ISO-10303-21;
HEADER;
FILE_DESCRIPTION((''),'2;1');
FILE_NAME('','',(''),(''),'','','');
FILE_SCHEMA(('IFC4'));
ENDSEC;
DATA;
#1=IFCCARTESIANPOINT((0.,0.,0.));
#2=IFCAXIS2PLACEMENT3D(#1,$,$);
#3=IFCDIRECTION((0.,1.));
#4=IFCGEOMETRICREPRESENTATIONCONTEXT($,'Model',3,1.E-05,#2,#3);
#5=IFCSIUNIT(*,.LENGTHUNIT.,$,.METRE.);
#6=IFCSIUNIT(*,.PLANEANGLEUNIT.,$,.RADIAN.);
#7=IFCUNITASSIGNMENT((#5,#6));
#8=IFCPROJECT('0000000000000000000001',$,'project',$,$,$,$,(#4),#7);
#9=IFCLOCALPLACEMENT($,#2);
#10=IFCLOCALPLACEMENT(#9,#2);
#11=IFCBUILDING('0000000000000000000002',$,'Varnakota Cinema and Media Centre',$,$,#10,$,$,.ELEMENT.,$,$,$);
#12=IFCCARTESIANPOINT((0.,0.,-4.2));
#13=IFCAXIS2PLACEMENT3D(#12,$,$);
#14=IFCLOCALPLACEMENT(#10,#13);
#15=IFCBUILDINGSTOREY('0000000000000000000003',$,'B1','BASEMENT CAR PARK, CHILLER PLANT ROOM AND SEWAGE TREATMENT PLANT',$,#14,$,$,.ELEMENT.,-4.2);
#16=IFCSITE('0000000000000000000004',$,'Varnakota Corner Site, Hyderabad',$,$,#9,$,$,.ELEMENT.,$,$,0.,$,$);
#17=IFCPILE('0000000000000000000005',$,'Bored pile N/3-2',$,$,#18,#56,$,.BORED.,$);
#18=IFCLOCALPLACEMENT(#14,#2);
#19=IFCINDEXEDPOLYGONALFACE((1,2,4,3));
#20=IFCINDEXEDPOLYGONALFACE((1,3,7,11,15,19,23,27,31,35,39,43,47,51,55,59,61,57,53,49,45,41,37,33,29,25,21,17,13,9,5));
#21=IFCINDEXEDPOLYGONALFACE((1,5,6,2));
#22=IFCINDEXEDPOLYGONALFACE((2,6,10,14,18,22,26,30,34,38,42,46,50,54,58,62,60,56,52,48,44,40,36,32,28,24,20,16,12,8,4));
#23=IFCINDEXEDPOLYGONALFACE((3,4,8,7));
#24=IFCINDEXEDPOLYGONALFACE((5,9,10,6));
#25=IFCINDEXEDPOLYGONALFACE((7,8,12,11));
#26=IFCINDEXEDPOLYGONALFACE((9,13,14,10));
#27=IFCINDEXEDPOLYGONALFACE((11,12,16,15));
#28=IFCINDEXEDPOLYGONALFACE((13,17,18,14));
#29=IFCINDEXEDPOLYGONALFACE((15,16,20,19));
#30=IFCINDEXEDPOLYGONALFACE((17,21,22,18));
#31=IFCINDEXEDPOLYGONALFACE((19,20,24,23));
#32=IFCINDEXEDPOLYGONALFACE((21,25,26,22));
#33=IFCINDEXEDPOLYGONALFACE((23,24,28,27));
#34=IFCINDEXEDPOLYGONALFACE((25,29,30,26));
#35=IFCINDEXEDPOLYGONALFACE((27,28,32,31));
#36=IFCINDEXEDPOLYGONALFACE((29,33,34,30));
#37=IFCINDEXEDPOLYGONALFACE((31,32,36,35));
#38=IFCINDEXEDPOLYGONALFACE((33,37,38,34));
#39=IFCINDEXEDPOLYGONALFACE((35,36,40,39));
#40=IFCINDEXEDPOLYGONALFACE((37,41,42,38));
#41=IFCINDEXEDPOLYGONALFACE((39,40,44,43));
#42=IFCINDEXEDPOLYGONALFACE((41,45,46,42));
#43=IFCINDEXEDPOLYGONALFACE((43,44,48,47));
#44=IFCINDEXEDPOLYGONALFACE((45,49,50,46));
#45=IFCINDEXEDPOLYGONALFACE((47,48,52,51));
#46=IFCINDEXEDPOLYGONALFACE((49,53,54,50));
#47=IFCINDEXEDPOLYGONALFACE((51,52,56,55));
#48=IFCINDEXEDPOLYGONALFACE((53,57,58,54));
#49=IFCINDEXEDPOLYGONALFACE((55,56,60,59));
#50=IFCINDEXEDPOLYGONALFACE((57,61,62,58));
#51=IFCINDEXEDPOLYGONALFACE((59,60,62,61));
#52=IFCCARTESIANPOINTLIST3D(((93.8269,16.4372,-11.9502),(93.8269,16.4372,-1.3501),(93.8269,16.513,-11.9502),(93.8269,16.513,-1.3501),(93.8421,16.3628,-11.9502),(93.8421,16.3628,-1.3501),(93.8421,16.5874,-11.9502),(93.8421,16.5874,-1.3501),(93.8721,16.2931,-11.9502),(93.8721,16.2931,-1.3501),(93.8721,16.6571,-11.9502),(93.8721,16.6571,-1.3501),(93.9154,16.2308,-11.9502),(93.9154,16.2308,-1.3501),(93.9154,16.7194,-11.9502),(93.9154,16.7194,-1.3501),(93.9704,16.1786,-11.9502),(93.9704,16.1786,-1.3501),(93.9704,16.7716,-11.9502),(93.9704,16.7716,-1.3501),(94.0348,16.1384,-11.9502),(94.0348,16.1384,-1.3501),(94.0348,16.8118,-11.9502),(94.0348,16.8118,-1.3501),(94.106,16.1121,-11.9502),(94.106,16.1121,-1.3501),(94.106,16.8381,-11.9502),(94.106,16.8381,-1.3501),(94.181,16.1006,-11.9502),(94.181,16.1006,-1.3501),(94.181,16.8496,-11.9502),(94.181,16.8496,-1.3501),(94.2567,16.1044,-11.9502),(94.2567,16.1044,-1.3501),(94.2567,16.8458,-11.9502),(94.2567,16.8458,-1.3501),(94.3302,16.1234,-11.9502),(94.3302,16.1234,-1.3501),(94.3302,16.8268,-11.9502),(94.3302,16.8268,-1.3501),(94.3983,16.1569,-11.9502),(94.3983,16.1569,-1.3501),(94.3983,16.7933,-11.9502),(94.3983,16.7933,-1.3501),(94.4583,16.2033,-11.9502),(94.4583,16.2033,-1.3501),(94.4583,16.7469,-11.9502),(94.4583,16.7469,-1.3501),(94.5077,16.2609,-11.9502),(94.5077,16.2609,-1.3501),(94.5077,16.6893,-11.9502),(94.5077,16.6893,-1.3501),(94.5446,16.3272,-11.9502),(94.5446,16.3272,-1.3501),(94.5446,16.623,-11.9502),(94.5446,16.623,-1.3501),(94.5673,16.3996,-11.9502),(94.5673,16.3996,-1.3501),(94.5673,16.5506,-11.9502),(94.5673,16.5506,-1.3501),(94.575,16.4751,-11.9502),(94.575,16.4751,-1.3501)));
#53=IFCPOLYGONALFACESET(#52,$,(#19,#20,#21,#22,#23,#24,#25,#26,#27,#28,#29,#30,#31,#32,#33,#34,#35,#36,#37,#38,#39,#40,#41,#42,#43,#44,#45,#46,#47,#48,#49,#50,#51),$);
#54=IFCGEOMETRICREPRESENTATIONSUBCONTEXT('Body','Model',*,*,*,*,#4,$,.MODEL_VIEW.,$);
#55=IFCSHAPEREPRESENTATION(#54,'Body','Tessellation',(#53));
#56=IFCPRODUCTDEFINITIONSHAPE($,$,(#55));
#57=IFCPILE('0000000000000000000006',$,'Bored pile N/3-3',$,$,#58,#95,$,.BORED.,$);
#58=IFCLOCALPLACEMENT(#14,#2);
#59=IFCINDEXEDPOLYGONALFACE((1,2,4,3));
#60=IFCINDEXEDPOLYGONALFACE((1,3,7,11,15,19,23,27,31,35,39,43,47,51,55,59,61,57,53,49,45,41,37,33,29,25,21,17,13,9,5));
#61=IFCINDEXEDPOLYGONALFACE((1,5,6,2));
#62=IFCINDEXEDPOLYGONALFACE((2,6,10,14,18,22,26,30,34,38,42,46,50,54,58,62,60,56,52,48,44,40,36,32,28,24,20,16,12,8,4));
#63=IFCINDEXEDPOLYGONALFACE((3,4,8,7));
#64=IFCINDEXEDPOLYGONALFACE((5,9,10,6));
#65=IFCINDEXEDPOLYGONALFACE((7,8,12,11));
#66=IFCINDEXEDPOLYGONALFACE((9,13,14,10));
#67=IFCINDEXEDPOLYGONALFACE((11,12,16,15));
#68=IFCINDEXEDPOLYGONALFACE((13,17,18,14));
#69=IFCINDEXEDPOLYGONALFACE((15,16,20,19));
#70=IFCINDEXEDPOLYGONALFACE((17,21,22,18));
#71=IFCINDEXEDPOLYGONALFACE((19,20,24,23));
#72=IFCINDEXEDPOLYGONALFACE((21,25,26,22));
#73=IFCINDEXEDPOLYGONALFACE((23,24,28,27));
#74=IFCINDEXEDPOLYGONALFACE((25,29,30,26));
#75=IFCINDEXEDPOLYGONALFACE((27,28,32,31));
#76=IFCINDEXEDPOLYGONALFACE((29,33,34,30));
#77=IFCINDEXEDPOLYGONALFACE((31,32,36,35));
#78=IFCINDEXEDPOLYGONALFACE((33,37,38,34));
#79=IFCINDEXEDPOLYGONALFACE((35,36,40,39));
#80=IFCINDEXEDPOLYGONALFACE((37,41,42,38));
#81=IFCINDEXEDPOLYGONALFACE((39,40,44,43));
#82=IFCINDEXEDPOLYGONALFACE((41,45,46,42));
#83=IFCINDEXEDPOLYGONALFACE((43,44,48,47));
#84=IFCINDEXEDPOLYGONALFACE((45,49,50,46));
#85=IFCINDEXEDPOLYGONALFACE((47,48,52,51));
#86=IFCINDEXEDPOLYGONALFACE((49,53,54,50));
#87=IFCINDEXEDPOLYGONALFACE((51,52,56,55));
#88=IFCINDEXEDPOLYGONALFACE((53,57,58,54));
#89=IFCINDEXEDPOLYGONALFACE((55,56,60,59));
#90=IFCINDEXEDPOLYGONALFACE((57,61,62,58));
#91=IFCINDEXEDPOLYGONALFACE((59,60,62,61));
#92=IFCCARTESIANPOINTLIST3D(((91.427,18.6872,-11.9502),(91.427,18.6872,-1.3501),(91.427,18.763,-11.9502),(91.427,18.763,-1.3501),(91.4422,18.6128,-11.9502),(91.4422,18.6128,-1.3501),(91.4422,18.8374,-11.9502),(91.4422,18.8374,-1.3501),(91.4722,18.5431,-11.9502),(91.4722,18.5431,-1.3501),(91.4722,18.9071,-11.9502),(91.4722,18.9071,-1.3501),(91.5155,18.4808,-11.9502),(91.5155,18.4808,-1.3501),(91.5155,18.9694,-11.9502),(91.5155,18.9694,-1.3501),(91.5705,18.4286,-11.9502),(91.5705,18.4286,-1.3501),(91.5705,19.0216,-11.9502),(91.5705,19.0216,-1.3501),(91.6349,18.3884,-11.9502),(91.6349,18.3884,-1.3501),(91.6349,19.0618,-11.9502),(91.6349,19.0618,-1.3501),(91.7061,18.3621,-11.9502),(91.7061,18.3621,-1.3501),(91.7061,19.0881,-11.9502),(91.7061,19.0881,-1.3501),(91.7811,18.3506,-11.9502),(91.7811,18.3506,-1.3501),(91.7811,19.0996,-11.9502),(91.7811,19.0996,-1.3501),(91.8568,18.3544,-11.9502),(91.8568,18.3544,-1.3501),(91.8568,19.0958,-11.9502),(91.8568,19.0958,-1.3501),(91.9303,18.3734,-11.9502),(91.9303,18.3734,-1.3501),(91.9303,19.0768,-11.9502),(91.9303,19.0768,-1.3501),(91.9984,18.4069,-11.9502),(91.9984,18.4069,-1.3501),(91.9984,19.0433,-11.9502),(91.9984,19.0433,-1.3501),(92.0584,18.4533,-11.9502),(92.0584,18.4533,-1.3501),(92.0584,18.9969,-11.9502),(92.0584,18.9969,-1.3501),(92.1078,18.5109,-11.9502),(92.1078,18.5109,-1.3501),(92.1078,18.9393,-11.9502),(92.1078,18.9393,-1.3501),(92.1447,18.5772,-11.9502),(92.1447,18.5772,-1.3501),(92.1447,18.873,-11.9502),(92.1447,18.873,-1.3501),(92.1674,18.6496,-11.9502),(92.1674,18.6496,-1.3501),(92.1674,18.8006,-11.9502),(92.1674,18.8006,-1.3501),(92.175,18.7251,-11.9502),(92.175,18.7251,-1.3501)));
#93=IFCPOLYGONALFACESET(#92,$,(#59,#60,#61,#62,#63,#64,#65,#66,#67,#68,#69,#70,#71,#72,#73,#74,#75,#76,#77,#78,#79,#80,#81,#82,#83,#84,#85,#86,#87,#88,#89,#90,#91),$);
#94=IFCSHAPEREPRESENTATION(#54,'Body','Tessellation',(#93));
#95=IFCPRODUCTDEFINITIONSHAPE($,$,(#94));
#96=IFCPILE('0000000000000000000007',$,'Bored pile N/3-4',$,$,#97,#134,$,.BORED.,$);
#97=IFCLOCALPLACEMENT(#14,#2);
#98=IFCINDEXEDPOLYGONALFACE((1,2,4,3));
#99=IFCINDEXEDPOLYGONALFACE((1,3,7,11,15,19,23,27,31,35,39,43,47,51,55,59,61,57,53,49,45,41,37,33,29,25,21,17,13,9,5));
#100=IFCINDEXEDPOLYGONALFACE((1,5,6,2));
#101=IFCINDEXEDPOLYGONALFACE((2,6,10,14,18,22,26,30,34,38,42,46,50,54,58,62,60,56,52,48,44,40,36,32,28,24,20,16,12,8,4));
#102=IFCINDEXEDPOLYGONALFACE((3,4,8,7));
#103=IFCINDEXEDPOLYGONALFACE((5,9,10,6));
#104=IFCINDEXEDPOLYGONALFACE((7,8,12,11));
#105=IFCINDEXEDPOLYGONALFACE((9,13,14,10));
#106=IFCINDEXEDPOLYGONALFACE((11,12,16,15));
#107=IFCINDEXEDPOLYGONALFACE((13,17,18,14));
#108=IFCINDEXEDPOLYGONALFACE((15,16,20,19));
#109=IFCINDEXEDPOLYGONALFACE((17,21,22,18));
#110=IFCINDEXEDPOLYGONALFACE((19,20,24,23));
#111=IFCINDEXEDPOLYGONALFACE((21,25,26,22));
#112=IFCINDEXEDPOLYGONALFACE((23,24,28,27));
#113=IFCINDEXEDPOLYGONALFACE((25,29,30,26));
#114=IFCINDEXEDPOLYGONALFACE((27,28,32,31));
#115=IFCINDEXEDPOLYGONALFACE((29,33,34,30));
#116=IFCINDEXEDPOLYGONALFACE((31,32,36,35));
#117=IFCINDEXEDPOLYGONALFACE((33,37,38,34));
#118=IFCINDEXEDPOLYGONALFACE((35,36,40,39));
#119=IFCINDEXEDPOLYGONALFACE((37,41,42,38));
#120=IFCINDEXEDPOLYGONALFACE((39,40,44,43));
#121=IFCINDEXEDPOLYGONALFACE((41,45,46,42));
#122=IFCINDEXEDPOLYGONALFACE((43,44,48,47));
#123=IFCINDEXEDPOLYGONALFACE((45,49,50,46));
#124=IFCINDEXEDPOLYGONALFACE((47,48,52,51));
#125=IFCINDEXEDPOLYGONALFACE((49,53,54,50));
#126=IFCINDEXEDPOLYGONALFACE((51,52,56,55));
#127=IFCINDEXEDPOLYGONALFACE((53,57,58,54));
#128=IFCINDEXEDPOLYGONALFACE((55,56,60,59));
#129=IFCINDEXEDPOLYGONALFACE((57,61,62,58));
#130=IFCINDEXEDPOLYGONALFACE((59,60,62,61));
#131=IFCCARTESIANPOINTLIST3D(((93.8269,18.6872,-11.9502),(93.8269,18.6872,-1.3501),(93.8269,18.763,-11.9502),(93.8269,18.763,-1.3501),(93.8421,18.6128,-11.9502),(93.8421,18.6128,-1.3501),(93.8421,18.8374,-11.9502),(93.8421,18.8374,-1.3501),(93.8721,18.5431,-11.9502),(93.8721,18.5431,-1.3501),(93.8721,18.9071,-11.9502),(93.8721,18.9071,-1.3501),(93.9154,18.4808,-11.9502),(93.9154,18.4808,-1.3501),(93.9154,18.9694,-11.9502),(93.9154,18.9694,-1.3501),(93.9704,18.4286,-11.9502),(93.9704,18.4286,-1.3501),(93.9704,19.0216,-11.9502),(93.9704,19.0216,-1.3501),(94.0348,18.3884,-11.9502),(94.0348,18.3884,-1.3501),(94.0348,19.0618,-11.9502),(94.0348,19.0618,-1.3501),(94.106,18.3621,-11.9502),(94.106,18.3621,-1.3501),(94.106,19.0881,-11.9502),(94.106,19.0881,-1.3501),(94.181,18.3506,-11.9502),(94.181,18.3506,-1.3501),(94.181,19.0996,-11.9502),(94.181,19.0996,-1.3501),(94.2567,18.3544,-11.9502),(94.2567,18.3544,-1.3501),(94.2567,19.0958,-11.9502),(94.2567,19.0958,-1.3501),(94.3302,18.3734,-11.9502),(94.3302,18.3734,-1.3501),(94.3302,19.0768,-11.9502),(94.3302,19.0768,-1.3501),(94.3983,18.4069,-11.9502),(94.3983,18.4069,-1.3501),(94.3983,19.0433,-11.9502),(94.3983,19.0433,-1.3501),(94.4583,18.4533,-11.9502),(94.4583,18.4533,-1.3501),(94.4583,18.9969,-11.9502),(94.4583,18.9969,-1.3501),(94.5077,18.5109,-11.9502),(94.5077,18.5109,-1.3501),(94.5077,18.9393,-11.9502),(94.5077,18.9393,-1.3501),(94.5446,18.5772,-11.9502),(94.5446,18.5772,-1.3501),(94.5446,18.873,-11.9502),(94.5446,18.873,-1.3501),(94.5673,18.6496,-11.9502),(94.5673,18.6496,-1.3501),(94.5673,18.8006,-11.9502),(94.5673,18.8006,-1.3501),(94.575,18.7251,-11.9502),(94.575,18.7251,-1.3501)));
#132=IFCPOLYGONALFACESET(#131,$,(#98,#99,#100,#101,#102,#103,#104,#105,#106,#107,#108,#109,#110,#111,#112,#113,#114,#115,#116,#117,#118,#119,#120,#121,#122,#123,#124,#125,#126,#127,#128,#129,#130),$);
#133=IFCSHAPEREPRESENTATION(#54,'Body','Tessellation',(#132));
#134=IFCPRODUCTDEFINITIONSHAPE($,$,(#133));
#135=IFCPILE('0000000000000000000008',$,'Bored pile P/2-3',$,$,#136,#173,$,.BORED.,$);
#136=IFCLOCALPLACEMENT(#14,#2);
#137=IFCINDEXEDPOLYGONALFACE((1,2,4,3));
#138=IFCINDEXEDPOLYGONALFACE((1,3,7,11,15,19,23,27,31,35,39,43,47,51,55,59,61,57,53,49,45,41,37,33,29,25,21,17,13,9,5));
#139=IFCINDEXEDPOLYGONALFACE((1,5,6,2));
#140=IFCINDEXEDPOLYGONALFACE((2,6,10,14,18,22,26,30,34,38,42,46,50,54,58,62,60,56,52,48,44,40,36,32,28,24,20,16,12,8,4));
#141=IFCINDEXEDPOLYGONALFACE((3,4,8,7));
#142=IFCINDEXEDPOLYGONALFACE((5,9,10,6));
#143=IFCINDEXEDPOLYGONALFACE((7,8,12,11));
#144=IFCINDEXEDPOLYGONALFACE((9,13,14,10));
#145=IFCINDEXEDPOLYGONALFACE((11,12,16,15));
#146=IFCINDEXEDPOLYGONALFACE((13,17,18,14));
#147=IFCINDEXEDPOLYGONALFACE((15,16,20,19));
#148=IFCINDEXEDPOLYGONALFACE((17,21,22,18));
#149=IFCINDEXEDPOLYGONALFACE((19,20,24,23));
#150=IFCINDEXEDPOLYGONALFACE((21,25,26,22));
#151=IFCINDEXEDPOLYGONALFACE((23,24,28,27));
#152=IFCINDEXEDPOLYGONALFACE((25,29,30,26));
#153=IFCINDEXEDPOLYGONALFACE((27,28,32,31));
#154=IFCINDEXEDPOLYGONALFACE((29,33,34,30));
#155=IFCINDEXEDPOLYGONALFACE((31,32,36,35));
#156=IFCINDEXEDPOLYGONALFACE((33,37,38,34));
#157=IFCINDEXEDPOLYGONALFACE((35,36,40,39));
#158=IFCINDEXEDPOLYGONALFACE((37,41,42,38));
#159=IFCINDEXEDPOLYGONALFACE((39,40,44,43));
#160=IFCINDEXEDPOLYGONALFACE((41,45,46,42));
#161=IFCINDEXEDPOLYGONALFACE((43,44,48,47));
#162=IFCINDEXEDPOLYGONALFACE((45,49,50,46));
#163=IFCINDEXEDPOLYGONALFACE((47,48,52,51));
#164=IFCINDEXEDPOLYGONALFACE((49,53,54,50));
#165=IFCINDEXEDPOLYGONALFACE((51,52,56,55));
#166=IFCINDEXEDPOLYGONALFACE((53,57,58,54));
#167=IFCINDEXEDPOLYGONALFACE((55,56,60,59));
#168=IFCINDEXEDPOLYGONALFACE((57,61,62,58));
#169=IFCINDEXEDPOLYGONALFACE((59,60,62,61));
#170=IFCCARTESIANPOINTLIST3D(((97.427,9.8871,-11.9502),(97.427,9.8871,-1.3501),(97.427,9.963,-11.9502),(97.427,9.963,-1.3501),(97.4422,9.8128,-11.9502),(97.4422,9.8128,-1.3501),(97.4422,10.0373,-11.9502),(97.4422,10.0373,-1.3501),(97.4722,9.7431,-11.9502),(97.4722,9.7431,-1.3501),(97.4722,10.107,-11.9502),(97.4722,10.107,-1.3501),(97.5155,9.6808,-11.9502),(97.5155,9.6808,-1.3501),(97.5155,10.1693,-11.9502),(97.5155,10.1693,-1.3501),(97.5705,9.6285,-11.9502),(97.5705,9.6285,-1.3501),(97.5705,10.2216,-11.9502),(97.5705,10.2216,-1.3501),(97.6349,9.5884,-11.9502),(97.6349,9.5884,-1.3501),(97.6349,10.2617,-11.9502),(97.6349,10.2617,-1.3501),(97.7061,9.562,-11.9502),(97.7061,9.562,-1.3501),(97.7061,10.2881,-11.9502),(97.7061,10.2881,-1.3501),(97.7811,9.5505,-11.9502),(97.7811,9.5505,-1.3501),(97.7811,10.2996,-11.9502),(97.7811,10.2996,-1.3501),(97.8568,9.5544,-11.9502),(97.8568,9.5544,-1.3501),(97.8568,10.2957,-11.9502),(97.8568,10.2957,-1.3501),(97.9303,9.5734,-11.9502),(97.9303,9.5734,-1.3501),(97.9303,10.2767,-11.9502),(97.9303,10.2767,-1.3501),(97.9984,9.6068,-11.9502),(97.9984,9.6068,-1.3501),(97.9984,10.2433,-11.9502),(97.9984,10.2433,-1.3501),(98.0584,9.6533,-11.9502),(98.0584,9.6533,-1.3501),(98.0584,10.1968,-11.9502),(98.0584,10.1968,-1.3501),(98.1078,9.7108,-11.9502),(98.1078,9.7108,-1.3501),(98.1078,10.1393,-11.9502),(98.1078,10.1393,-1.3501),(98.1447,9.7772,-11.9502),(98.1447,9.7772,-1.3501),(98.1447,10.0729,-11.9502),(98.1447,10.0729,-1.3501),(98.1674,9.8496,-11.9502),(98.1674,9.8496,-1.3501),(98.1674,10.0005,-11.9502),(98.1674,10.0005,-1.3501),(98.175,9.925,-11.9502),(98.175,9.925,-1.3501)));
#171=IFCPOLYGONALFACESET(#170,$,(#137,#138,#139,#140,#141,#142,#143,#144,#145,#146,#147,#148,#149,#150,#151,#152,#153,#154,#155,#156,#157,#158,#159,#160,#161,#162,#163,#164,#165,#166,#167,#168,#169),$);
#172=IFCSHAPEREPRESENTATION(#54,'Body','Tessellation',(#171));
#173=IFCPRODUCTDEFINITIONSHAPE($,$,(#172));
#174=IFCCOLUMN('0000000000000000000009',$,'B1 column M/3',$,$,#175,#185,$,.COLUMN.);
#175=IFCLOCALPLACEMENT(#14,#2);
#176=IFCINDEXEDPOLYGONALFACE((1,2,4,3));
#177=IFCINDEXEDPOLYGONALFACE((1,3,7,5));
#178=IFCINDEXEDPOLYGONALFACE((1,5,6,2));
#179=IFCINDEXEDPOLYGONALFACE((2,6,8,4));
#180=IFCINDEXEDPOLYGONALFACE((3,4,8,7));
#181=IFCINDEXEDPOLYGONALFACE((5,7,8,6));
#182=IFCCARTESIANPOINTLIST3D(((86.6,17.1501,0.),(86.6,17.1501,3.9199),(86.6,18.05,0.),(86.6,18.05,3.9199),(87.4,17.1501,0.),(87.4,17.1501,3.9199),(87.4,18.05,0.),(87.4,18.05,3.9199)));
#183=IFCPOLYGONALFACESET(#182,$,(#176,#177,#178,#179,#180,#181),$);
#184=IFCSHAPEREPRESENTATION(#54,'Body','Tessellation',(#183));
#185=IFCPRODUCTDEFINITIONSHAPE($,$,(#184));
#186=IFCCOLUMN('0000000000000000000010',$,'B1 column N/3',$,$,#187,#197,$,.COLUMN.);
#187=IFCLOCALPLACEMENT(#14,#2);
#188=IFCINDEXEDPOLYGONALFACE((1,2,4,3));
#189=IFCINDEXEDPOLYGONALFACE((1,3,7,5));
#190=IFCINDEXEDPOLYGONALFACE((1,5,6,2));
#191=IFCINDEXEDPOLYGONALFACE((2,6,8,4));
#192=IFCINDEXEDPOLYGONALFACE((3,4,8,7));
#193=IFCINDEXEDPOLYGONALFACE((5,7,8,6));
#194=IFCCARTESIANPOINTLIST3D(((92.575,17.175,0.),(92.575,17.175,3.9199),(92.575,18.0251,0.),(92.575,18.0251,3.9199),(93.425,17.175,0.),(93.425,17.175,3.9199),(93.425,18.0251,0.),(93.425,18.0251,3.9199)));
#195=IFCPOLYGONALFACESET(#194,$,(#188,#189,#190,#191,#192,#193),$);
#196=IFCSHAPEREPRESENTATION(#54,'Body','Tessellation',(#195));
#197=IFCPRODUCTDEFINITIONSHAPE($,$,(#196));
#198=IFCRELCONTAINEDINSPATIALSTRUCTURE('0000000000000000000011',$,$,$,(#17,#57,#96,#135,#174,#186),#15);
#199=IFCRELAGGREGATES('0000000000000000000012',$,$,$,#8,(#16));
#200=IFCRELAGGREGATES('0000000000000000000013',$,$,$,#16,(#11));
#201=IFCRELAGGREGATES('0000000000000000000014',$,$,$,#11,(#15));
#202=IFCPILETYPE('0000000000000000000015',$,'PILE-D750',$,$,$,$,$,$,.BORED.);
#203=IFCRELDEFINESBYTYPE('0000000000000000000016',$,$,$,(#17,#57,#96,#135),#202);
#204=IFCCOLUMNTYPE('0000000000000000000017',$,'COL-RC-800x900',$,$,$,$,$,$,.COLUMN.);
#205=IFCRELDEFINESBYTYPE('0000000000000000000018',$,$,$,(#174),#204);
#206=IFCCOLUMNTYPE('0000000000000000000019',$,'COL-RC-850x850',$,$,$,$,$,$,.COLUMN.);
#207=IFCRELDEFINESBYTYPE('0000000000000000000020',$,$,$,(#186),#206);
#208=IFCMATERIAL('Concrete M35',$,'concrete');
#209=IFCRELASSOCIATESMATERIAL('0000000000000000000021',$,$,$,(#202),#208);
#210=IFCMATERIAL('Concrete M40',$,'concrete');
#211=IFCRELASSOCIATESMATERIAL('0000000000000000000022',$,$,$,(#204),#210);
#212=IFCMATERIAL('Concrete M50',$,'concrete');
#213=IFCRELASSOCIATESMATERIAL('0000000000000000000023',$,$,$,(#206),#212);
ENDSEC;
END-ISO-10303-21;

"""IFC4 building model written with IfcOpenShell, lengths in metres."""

from ifc_helpers import new_model, si_unit, direction, frame, origin, origin_2d, place, context, subcontext, project, spatial, rectangle, circle, extrude, material, material_profile, profile_set, type_object, element, save


model = new_model("IFC4")

# Units and contexts
model_context = context("Model", 3, precision=1e-05, world=origin(), true_north=direction((0.0, 1.0)))
body_context = subcontext(model_context, "Body", "Model", "MODEL_VIEW")
ifc_project = project(units=[si_unit("LENGTHUNIT", "METRE"), si_unit("PLANEANGLEUNIT", "RADIAN")], contexts=[model_context])

# Site, building, storey
site_placement = place(None, origin())
site = spatial("IfcSite", under=ifc_project, at=site_placement, Name="Varnakota Corner Site, Hyderabad", CompositionType="ELEMENT", RefElevation=0.0)
building_placement = place(site_placement, origin())
building = spatial("IfcBuilding", under=site, at=building_placement, Name="Varnakota Cinema and Media Centre", CompositionType="ELEMENT")
storey_placement = place(building_placement, frame((0.0, 0.0, -4.2)))
storey = spatial("IfcBuildingStorey", under=building, at=storey_placement, Name="B1", Description="BASEMENT CAR PARK, CHILLER PLANT ROOM AND SEWAGE TREATMENT PLANT", CompositionType="ELEMENT", Elevation=-4.2)

# Piles
ifc_material_1 = material(Name="Concrete M35", Category="concrete")
ifc_material_profile_1 = material_profile(ifc_material_1, circle(Radius=0.375, at=origin_2d()), Name="PILE D750")
ifc_profile_set_1 = profile_set([ifc_material_profile_1], Name="Concrete M35")
pile_type_1 = type_object("IfcPileType", Name="PILE-D750", PredefinedType="BORED", material=ifc_profile_set_1)
for number, where, z_axis, x_axis, name in (
    (1, (94.2, 16.4751, -1.3501), (0.0, 0.0, -1.0), (1.0, 0.0, 0.0), "Bored pile N/3-2"),
    (2, (91.8, 18.7251, -1.3501), (0.0, 0.0, -1.0), (1.0, 0.0, 0.0), "Bored pile N/3-3"),
    (3, (94.2, 18.7251, -1.3501), (0.0, 0.0, -1.0), (1.0, 0.0, 0.0), "Bored pile N/3-4"),
    (4, (97.8, 9.925, -1.3501), (0.0, 0.0, -1.0), (1.0, 0.0, 0.0), "Bored pile P/2-3"),
):
    element("IfcPile", number, at=place(storey_placement, frame(where, z_axis=z_axis, x_axis=x_axis)), inside=storey, type_object=pile_type_1, Name=name, PredefinedType="BORED", context=body_context, shape_type="SweptSolid", body=[
        extrude(circle(Radius=0.375, at=origin_2d()), origin(), (0.0, 0.0, 1.0), 10.6001),
    ])

# Columns
ifc_material_2 = material(Name="Concrete M40", Category="concrete")
ifc_material_profile_2 = material_profile(ifc_material_2, rectangle(XDim=0.8, YDim=0.8999, at=origin_2d()), Name="RC 800x900")
ifc_profile_set_2 = profile_set([ifc_material_profile_2], Name="Concrete M40")
column_type_1 = type_object("IfcColumnType", Name="COL-RC-800x900", PredefinedType="COLUMN", material=ifc_profile_set_2)
column_1_placement = place(storey_placement, frame((87.0, 17.6001, 0.0), z_axis=(0.0, 0.0, 1.0), x_axis=(1.0, 0.0, 0.0)))
element("IfcColumn", 5, at=column_1_placement, inside=storey, type_object=column_type_1, Name="B1 column M/3", PredefinedType="COLUMN", context=body_context, shape_type="SweptSolid", body=[
    extrude(rectangle(XDim=0.8, YDim=0.8999, at=origin_2d()), origin(), (0.0, 0.0, 1.0), 3.9199),
])
ifc_material_3 = material(Name="Concrete M50", Category="concrete")
ifc_material_profile_3 = material_profile(ifc_material_3, rectangle(XDim=0.8501, YDim=0.8501, at=origin_2d()), Name="RC 850x850")
ifc_profile_set_3 = profile_set([ifc_material_profile_3], Name="Concrete M50")
column_type_2 = type_object("IfcColumnType", Name="COL-RC-850x850", PredefinedType="COLUMN", material=ifc_profile_set_3)
column_2_placement = place(storey_placement, frame((93.0, 17.6001, 0.0), z_axis=(0.0, 0.0, 1.0), x_axis=(1.0, 0.0, 0.0)))
element("IfcColumn", 6, at=column_2_placement, inside=storey, type_object=column_type_2, Name="B1 column N/3", PredefinedType="COLUMN", context=body_context, shape_type="SweptSolid", body=[
    extrude(rectangle(XDim=0.8501, YDim=0.8501, at=origin_2d()), origin(), (0.0, 0.0, 1.0), 3.9199),
])

save(model, "model.ifc")
